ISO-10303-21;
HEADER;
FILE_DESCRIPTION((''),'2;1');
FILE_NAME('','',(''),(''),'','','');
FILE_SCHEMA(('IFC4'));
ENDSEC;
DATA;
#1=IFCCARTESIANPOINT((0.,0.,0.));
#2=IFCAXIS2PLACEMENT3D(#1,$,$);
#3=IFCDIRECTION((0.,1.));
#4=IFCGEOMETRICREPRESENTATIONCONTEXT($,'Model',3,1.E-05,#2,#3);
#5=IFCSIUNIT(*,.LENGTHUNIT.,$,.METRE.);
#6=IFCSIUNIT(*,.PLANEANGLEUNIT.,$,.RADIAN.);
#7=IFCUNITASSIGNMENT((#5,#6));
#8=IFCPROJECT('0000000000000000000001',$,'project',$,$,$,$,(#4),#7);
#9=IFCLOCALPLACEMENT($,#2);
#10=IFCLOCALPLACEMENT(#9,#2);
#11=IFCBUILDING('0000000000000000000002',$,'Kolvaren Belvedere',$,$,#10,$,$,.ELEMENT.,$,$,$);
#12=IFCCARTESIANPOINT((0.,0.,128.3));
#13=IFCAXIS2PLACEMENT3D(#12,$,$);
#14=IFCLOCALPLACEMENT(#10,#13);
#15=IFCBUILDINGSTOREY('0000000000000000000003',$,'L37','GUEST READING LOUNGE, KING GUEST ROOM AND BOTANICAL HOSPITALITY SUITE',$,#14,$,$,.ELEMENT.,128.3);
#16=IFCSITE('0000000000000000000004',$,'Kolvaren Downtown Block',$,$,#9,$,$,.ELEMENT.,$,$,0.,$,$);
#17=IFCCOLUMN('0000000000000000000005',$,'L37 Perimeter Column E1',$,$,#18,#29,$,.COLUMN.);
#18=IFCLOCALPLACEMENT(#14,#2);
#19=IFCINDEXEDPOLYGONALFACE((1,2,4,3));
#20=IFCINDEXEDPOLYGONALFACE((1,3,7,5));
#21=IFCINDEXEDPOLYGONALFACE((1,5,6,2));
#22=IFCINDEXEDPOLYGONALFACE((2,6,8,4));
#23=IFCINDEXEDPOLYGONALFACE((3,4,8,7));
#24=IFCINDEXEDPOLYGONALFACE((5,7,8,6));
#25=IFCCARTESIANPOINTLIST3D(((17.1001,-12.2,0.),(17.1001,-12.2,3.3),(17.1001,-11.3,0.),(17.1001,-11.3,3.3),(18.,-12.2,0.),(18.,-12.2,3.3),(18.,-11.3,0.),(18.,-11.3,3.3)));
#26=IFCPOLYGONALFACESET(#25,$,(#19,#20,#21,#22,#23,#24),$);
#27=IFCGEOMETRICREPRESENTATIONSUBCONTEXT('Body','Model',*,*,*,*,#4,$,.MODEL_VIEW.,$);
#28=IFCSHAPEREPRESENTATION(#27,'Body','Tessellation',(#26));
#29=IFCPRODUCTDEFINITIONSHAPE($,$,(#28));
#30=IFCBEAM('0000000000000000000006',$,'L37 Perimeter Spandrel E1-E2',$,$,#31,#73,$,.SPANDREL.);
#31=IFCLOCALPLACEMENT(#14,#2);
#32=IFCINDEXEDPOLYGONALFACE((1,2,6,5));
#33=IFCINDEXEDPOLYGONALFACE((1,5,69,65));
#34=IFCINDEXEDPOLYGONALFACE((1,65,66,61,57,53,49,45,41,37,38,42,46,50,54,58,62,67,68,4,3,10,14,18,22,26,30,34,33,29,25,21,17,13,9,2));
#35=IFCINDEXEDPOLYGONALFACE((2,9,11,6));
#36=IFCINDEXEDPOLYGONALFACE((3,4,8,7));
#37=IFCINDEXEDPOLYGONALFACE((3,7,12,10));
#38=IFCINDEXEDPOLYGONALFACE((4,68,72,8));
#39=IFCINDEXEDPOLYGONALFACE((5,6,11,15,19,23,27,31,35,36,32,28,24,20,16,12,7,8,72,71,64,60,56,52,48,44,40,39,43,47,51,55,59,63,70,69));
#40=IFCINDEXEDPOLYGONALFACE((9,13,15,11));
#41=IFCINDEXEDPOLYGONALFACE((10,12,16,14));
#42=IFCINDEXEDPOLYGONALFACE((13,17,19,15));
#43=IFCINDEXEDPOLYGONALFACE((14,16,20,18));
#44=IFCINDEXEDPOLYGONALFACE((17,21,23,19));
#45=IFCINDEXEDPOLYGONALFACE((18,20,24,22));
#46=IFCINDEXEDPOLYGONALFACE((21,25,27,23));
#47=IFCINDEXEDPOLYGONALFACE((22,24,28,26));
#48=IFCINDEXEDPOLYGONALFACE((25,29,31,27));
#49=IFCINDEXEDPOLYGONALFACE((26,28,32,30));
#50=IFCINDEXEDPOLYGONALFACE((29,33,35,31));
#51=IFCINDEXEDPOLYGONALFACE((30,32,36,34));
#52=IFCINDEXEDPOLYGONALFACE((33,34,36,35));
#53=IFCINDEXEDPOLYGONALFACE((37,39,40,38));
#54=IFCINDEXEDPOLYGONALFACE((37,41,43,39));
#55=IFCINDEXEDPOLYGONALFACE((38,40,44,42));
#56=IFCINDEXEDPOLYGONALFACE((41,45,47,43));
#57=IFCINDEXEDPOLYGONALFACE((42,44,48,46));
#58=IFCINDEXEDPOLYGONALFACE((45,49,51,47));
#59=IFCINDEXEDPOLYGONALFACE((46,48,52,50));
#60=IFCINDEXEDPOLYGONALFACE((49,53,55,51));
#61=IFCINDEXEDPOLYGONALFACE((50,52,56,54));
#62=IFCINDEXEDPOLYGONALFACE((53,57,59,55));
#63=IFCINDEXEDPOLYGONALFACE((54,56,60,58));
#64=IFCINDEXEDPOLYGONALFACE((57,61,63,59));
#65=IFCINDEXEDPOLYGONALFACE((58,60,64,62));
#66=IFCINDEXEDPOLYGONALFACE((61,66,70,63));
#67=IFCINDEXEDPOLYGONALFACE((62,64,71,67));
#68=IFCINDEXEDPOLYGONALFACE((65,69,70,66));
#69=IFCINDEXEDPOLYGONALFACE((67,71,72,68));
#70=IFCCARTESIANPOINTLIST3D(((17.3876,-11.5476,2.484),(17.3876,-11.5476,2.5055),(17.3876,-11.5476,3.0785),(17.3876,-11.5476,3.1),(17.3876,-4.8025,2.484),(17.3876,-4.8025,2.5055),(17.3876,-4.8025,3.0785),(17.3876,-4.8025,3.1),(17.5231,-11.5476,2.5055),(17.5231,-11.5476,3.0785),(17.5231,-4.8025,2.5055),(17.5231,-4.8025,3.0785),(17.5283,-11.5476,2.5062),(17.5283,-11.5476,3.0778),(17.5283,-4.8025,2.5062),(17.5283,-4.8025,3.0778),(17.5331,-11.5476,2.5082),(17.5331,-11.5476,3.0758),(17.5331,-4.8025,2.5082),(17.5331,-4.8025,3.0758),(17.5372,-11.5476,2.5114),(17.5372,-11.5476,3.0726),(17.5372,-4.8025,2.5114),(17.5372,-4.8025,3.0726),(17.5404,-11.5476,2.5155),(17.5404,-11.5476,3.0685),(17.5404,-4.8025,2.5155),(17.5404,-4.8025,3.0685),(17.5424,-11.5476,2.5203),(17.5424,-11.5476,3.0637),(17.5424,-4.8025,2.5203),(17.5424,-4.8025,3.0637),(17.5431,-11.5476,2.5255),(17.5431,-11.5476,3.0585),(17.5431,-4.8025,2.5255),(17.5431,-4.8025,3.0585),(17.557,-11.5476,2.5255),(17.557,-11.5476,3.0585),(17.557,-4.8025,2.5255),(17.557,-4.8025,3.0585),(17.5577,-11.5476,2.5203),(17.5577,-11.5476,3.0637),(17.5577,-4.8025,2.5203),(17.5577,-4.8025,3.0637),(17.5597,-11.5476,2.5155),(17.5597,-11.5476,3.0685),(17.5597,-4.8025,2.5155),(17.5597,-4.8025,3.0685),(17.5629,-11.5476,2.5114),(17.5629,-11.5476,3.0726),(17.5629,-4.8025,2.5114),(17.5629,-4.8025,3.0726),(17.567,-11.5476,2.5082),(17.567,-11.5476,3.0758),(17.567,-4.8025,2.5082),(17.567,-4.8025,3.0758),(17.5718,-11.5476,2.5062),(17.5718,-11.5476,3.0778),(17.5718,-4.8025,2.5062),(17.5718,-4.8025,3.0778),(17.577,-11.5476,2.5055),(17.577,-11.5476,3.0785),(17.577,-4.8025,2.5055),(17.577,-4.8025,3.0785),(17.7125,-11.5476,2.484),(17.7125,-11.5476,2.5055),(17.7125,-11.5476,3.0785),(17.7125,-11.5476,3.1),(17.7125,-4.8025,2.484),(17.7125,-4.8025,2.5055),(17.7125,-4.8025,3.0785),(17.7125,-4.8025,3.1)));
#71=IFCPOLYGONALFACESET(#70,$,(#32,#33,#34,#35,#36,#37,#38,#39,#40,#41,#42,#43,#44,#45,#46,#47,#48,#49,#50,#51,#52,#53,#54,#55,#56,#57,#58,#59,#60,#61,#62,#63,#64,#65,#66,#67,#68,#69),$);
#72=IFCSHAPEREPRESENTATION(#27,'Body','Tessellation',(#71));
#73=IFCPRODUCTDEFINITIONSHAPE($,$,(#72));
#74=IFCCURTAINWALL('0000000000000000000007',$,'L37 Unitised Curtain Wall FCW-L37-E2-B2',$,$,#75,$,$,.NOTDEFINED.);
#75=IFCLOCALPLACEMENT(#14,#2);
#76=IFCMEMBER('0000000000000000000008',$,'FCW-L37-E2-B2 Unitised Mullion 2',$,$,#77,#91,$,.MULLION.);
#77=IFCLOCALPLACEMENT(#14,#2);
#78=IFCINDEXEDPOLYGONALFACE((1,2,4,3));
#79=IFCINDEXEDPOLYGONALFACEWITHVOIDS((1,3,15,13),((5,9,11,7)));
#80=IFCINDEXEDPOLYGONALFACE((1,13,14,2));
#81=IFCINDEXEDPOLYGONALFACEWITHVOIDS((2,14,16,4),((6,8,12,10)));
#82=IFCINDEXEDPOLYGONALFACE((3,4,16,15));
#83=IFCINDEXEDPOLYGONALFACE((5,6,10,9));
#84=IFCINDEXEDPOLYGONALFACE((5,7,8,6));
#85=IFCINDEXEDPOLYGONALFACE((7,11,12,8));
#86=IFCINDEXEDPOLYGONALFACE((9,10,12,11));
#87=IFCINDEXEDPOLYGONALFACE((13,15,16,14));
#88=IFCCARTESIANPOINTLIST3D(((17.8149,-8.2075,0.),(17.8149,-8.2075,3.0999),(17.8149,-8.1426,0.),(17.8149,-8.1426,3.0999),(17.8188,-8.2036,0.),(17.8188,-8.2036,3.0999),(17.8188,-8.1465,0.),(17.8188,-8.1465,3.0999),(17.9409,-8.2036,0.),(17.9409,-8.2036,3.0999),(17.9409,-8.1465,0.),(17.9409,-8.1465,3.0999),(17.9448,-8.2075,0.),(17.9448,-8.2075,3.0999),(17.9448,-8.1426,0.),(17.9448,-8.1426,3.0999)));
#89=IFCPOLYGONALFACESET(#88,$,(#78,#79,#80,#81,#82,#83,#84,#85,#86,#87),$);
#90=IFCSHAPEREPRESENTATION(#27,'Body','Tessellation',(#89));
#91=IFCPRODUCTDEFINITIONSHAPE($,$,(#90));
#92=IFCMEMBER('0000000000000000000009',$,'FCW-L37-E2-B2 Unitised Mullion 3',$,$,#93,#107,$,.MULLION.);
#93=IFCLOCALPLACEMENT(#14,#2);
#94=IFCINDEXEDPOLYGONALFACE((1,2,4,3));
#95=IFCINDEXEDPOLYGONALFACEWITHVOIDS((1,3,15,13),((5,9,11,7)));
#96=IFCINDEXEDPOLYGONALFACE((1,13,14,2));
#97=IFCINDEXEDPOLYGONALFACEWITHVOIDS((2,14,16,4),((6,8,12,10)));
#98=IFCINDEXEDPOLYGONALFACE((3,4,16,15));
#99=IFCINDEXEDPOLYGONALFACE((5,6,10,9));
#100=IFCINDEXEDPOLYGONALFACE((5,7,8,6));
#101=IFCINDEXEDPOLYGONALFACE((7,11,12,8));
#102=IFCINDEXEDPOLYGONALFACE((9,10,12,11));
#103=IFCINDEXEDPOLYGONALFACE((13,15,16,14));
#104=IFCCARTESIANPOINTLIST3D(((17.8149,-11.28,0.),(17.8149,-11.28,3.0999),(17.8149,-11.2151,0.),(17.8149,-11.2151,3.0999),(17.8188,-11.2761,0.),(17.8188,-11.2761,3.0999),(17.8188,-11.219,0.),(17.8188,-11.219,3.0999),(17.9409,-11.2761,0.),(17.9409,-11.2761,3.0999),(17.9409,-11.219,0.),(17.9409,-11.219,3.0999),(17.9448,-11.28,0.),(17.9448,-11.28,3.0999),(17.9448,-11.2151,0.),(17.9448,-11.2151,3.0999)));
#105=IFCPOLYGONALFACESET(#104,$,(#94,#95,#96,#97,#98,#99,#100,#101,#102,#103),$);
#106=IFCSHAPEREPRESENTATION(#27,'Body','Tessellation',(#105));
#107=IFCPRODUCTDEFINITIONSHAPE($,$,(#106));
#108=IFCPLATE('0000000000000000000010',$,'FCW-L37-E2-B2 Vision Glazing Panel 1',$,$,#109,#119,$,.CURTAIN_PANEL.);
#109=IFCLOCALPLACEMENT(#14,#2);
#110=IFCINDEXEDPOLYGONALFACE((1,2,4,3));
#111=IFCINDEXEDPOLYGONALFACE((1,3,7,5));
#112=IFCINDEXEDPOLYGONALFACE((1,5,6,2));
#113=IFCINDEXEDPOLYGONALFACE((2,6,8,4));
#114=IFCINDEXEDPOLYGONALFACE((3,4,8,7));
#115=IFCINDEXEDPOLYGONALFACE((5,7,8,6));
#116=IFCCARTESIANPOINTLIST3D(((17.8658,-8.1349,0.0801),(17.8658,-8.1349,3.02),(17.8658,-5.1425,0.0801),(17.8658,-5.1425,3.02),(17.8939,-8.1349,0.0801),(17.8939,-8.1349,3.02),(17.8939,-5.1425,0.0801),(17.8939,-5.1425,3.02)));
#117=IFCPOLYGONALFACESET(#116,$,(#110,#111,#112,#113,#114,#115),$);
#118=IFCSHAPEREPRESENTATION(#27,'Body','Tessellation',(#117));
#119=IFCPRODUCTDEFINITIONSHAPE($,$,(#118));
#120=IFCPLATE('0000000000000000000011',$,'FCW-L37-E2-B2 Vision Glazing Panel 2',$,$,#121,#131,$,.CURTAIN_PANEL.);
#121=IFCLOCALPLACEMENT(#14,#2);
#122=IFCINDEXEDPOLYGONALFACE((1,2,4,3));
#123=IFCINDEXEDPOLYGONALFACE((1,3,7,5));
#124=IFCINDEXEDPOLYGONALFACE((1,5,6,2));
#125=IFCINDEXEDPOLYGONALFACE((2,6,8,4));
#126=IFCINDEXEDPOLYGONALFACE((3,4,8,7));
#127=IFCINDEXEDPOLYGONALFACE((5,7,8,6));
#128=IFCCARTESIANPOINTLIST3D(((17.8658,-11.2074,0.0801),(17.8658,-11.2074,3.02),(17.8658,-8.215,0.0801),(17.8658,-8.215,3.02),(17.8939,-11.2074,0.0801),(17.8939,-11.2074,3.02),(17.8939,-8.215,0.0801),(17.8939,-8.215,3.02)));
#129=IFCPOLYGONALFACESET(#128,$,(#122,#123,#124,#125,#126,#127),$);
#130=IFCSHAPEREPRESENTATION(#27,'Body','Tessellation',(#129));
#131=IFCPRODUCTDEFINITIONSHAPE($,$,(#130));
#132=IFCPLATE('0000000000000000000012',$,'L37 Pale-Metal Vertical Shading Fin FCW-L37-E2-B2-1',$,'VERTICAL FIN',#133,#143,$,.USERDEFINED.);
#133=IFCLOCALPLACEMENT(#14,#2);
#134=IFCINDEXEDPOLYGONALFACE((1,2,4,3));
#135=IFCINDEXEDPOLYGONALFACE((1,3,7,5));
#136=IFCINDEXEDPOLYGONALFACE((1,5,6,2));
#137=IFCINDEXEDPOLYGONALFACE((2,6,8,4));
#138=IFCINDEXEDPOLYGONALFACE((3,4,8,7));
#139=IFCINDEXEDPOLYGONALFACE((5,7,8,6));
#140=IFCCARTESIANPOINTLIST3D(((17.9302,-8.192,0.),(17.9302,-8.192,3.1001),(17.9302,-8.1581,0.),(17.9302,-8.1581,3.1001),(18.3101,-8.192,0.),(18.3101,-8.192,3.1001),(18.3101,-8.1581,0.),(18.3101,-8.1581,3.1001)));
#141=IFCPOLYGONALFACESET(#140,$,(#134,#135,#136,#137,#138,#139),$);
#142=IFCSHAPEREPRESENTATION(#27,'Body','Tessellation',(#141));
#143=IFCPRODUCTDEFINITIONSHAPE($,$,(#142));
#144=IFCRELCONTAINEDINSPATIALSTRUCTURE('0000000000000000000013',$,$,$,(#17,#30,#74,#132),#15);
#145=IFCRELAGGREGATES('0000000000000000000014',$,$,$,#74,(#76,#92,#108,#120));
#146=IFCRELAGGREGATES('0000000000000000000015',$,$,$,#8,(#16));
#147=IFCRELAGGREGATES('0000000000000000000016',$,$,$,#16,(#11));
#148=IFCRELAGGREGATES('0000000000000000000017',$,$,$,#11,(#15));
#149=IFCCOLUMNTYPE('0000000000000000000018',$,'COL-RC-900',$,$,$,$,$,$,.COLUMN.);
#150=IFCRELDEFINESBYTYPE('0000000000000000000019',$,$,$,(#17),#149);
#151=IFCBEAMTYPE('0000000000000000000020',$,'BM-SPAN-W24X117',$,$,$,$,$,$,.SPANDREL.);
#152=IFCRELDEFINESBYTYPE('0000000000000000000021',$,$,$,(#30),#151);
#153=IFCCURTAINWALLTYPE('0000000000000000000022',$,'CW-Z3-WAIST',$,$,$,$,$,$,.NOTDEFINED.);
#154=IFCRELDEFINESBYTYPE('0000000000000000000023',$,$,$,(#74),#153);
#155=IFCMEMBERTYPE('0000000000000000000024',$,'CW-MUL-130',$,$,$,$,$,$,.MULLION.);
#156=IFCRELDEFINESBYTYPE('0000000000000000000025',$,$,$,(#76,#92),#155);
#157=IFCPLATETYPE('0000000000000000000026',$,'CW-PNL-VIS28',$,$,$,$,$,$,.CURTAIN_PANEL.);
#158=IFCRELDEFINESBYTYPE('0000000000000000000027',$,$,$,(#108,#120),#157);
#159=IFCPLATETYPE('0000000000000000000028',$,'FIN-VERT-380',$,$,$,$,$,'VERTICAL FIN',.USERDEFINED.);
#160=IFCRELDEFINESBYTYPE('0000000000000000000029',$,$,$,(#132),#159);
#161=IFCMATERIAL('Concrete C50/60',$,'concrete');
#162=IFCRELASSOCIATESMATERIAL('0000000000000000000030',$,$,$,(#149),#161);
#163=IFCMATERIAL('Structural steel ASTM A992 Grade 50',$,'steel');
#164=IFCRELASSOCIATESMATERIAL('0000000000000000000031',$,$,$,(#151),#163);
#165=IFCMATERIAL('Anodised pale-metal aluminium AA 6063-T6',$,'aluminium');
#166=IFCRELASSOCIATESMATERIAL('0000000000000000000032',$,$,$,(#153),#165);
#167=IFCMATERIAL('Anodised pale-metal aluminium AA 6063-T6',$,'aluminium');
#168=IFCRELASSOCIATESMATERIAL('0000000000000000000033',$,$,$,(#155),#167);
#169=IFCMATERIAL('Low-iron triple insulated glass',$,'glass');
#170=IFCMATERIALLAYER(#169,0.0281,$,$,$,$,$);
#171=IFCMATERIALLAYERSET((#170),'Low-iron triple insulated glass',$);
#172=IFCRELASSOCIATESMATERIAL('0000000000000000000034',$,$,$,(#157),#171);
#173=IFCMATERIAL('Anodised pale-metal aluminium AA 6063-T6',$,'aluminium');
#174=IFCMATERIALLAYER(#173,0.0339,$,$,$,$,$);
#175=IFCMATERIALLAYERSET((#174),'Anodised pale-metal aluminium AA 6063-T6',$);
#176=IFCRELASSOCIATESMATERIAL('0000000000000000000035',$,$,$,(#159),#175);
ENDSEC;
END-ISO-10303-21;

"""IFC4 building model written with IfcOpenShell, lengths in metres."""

from ifc_helpers import new_model, si_unit, direction, frame, origin, origin_2d, place, context, subcontext, project, spatial, rectangle, hollow_rectangle, i_section, extrude, material, layer, layer_set, material_profile, profile_set, type_object, element, aggregate, save


model = new_model("IFC4")

# Units and contexts
model_context = context("Model", 3, precision=1e-05, world=origin(), true_north=direction((0.0, 1.0)))
body_context = subcontext(model_context, "Body", "Model", "MODEL_VIEW")
ifc_project = project(units=[si_unit("LENGTHUNIT", "METRE"), si_unit("PLANEANGLEUNIT", "RADIAN")], contexts=[model_context])

# Site, building, storey
site_placement = place(None, origin())
site = spatial("IfcSite", under=ifc_project, at=site_placement, Name="Kolvaren Downtown Block", CompositionType="ELEMENT", RefElevation=0.0)
building_placement = place(site_placement, origin())
building = spatial("IfcBuilding", under=site, at=building_placement, Name="Kolvaren Belvedere", CompositionType="ELEMENT")
storey_placement = place(building_placement, frame((0.0, 0.0, 128.3)))
storey = spatial("IfcBuildingStorey", under=building, at=storey_placement, Name="L37", Description="GUEST READING LOUNGE, KING GUEST ROOM AND BOTANICAL HOSPITALITY SUITE", CompositionType="ELEMENT", Elevation=128.3)

# Column
ifc_material_1 = material(Name="Concrete C50/60", Category="concrete")
ifc_material_profile_1 = material_profile(ifc_material_1, rectangle(XDim=0.8999, YDim=0.8999, at=origin_2d()), Name="RC 900X900")
ifc_profile_set_1 = profile_set([ifc_material_profile_1], Name="Concrete C50/60")
column_type = type_object("IfcColumnType", Name="COL-RC-900", PredefinedType="COLUMN", material=ifc_profile_set_1)
column_placement = place(storey_placement, frame((17.55, -11.75, 0.0), z_axis=(0.0, 0.0, 1.0), x_axis=(1.0, 0.0, 0.0)))
element("IfcColumn", 1, at=column_placement, inside=storey, type_object=column_type, Name="L37 Perimeter Column E1", PredefinedType="COLUMN", context=body_context, shape_type="SweptSolid", body=[
    extrude(rectangle(XDim=0.8999, YDim=0.8999, at=origin_2d()), origin(), (0.0, 0.0, 1.0), 3.3),
])

# Beam
ifc_material_2 = material(Name="Structural steel ASTM A992 Grade 50", Category="steel")
ifc_material_profile_2 = material_profile(ifc_material_2, i_section(OverallWidth=0.325, OverallDepth=0.616, WebThickness=0.0139, FlangeThickness=0.0215, FilletRadius=0.02, at=origin_2d()), Name="W24X117")
ifc_profile_set_2 = profile_set([ifc_material_profile_2], Name="Structural steel ASTM A992 Grade 50")
beam_type = type_object("IfcBeamType", Name="BM-SPAN-W24X117", PredefinedType="SPANDREL", material=ifc_profile_set_2)
beam_placement = place(storey_placement, frame((17.55, -11.5476, 2.792), z_axis=(0.0, 1.0, 0.0), x_axis=(-1.0, 0.0, 0.0)))
element("IfcBeam", 2, at=beam_placement, inside=storey, type_object=beam_type, Name="L37 Perimeter Spandrel E1-E2", PredefinedType="SPANDREL", context=body_context, shape_type="SweptSolid", body=[
    extrude(i_section(OverallWidth=0.325, OverallDepth=0.616, WebThickness=0.0139, FlangeThickness=0.0215, FilletRadius=0.02, at=origin_2d()), origin(), (0.0, 0.0, 1.0), 6.7451),
])

# Curtain wall, members, plates
ifc_material_3 = material(Name="Anodised pale-metal aluminium AA 6063-T6", Category="aluminium")
curtain_wall_type = type_object("IfcCurtainWallType", Name="CW-Z3-WAIST", PredefinedType="NOTDEFINED", material=ifc_material_3)
curtain_wall_placement = place(storey_placement, origin())
curtain_wall = element("IfcCurtainWall", 3, at=curtain_wall_placement, inside=storey, type_object=curtain_wall_type, Name="L37 Unitised Curtain Wall FCW-L37-E2-B2", PredefinedType="NOTDEFINED")
ifc_material_4 = material(Name="Anodised pale-metal aluminium AA 6063-T6", Category="aluminium")
ifc_material_profile_3 = material_profile(ifc_material_4, hollow_rectangle(XDim=0.0649, YDim=0.1299, WallThickness=0.0039, at=origin_2d()), Name="ALU-MUL-130X65")
ifc_profile_set_3 = profile_set([ifc_material_profile_3], Name="Anodised pale-metal aluminium AA 6063-T6")
member_type = type_object("IfcMemberType", Name="CW-MUL-130", PredefinedType="MULLION", material=ifc_profile_set_3)
member_1_placement = place(storey_placement, frame((17.8799, -8.175, 0.0), z_axis=(0.0, 0.0, 1.0), x_axis=(0.0, 1.0, 0.0)))
member_1 = element("IfcMember", 4, at=member_1_placement, type_object=member_type, Name="FCW-L37-E2-B2 Unitised Mullion 2", PredefinedType="MULLION", context=body_context, shape_type="SweptSolid", body=[
    extrude(hollow_rectangle(XDim=0.0649, YDim=0.1299, WallThickness=0.0039, at=origin_2d()), origin(), (0.0, 0.0, 1.0), 3.0999),
])
member_2_placement = place(storey_placement, frame((17.8799, -11.2476, 0.0), z_axis=(0.0, 0.0, 1.0), x_axis=(0.0, 1.0, 0.0)))
member_2 = element("IfcMember", 5, at=member_2_placement, type_object=member_type, Name="FCW-L37-E2-B2 Unitised Mullion 3", PredefinedType="MULLION", context=body_context, shape_type="SweptSolid", body=[
    extrude(hollow_rectangle(XDim=0.0649, YDim=0.1299, WallThickness=0.0039, at=origin_2d()), origin(), (0.0, 0.0, 1.0), 3.0999),
])
ifc_material_5 = material(Name="Low-iron triple insulated glass", Category="glass")
ifc_layer_1 = layer(ifc_material_5, 0.0281)
ifc_layer_set_1 = layer_set([ifc_layer_1], Name="Low-iron triple insulated glass")
plate_type_1 = type_object("IfcPlateType", Name="CW-PNL-VIS28", PredefinedType="CURTAIN_PANEL", material=ifc_layer_set_1)
plate_1_placement = place(storey_placement, frame((17.8799, -6.6387, 0.0801), z_axis=(0.0, 0.0, 1.0), x_axis=(0.0, -1.0, 0.0)))
plate_1 = element("IfcPlate", 6, at=plate_1_placement, type_object=plate_type_1, Name="FCW-L37-E2-B2 Vision Glazing Panel 1", PredefinedType="CURTAIN_PANEL", context=body_context, shape_type="SweptSolid", body=[
    extrude(rectangle(XDim=2.9924, YDim=0.0281, at=origin_2d()), origin(), (0.0, 0.0, 1.0), 2.9399),
])
plate_2_placement = place(storey_placement, frame((17.8799, -9.7112, 0.0801), z_axis=(0.0, 0.0, 1.0), x_axis=(0.0, -1.0, 0.0)))
plate_2 = element("IfcPlate", 7, at=plate_2_placement, type_object=plate_type_1, Name="FCW-L37-E2-B2 Vision Glazing Panel 2", PredefinedType="CURTAIN_PANEL", context=body_context, shape_type="SweptSolid", body=[
    extrude(rectangle(XDim=2.9924, YDim=0.0281, at=origin_2d()), origin(), (0.0, 0.0, 1.0), 2.9399),
])
aggregate(curtain_wall, [member_1, member_2, plate_1, plate_2])

# Plate
ifc_material_6 = material(Name="Anodised pale-metal aluminium AA 6063-T6", Category="aluminium")
ifc_layer_2 = layer(ifc_material_6, 0.0339)
ifc_layer_set_2 = layer_set([ifc_layer_2], Name="Anodised pale-metal aluminium AA 6063-T6")
plate_type_2 = type_object("IfcPlateType", Name="FIN-VERT-380", ElementType="VERTICAL FIN", PredefinedType="USERDEFINED", material=ifc_layer_set_2)
plate_3_placement = place(storey_placement, frame((18.1201, -8.175, 0.0), z_axis=(0.0, 0.0, 1.0), x_axis=(1.0, 0.0, 0.0)))
element("IfcPlate", 8, at=plate_3_placement, inside=storey, type_object=plate_type_2, Name="L37 Pale-Metal Vertical Shading Fin FCW-L37-E2-B2-1", ObjectType="VERTICAL FIN", PredefinedType="USERDEFINED", context=body_context, shape_type="SweptSolid", body=[
    extrude(rectangle(XDim=0.3799, YDim=0.0339, at=origin_2d()), origin(), (0.0, 0.0, 1.0), 3.1001),
])

save(model, "model.ifc")
